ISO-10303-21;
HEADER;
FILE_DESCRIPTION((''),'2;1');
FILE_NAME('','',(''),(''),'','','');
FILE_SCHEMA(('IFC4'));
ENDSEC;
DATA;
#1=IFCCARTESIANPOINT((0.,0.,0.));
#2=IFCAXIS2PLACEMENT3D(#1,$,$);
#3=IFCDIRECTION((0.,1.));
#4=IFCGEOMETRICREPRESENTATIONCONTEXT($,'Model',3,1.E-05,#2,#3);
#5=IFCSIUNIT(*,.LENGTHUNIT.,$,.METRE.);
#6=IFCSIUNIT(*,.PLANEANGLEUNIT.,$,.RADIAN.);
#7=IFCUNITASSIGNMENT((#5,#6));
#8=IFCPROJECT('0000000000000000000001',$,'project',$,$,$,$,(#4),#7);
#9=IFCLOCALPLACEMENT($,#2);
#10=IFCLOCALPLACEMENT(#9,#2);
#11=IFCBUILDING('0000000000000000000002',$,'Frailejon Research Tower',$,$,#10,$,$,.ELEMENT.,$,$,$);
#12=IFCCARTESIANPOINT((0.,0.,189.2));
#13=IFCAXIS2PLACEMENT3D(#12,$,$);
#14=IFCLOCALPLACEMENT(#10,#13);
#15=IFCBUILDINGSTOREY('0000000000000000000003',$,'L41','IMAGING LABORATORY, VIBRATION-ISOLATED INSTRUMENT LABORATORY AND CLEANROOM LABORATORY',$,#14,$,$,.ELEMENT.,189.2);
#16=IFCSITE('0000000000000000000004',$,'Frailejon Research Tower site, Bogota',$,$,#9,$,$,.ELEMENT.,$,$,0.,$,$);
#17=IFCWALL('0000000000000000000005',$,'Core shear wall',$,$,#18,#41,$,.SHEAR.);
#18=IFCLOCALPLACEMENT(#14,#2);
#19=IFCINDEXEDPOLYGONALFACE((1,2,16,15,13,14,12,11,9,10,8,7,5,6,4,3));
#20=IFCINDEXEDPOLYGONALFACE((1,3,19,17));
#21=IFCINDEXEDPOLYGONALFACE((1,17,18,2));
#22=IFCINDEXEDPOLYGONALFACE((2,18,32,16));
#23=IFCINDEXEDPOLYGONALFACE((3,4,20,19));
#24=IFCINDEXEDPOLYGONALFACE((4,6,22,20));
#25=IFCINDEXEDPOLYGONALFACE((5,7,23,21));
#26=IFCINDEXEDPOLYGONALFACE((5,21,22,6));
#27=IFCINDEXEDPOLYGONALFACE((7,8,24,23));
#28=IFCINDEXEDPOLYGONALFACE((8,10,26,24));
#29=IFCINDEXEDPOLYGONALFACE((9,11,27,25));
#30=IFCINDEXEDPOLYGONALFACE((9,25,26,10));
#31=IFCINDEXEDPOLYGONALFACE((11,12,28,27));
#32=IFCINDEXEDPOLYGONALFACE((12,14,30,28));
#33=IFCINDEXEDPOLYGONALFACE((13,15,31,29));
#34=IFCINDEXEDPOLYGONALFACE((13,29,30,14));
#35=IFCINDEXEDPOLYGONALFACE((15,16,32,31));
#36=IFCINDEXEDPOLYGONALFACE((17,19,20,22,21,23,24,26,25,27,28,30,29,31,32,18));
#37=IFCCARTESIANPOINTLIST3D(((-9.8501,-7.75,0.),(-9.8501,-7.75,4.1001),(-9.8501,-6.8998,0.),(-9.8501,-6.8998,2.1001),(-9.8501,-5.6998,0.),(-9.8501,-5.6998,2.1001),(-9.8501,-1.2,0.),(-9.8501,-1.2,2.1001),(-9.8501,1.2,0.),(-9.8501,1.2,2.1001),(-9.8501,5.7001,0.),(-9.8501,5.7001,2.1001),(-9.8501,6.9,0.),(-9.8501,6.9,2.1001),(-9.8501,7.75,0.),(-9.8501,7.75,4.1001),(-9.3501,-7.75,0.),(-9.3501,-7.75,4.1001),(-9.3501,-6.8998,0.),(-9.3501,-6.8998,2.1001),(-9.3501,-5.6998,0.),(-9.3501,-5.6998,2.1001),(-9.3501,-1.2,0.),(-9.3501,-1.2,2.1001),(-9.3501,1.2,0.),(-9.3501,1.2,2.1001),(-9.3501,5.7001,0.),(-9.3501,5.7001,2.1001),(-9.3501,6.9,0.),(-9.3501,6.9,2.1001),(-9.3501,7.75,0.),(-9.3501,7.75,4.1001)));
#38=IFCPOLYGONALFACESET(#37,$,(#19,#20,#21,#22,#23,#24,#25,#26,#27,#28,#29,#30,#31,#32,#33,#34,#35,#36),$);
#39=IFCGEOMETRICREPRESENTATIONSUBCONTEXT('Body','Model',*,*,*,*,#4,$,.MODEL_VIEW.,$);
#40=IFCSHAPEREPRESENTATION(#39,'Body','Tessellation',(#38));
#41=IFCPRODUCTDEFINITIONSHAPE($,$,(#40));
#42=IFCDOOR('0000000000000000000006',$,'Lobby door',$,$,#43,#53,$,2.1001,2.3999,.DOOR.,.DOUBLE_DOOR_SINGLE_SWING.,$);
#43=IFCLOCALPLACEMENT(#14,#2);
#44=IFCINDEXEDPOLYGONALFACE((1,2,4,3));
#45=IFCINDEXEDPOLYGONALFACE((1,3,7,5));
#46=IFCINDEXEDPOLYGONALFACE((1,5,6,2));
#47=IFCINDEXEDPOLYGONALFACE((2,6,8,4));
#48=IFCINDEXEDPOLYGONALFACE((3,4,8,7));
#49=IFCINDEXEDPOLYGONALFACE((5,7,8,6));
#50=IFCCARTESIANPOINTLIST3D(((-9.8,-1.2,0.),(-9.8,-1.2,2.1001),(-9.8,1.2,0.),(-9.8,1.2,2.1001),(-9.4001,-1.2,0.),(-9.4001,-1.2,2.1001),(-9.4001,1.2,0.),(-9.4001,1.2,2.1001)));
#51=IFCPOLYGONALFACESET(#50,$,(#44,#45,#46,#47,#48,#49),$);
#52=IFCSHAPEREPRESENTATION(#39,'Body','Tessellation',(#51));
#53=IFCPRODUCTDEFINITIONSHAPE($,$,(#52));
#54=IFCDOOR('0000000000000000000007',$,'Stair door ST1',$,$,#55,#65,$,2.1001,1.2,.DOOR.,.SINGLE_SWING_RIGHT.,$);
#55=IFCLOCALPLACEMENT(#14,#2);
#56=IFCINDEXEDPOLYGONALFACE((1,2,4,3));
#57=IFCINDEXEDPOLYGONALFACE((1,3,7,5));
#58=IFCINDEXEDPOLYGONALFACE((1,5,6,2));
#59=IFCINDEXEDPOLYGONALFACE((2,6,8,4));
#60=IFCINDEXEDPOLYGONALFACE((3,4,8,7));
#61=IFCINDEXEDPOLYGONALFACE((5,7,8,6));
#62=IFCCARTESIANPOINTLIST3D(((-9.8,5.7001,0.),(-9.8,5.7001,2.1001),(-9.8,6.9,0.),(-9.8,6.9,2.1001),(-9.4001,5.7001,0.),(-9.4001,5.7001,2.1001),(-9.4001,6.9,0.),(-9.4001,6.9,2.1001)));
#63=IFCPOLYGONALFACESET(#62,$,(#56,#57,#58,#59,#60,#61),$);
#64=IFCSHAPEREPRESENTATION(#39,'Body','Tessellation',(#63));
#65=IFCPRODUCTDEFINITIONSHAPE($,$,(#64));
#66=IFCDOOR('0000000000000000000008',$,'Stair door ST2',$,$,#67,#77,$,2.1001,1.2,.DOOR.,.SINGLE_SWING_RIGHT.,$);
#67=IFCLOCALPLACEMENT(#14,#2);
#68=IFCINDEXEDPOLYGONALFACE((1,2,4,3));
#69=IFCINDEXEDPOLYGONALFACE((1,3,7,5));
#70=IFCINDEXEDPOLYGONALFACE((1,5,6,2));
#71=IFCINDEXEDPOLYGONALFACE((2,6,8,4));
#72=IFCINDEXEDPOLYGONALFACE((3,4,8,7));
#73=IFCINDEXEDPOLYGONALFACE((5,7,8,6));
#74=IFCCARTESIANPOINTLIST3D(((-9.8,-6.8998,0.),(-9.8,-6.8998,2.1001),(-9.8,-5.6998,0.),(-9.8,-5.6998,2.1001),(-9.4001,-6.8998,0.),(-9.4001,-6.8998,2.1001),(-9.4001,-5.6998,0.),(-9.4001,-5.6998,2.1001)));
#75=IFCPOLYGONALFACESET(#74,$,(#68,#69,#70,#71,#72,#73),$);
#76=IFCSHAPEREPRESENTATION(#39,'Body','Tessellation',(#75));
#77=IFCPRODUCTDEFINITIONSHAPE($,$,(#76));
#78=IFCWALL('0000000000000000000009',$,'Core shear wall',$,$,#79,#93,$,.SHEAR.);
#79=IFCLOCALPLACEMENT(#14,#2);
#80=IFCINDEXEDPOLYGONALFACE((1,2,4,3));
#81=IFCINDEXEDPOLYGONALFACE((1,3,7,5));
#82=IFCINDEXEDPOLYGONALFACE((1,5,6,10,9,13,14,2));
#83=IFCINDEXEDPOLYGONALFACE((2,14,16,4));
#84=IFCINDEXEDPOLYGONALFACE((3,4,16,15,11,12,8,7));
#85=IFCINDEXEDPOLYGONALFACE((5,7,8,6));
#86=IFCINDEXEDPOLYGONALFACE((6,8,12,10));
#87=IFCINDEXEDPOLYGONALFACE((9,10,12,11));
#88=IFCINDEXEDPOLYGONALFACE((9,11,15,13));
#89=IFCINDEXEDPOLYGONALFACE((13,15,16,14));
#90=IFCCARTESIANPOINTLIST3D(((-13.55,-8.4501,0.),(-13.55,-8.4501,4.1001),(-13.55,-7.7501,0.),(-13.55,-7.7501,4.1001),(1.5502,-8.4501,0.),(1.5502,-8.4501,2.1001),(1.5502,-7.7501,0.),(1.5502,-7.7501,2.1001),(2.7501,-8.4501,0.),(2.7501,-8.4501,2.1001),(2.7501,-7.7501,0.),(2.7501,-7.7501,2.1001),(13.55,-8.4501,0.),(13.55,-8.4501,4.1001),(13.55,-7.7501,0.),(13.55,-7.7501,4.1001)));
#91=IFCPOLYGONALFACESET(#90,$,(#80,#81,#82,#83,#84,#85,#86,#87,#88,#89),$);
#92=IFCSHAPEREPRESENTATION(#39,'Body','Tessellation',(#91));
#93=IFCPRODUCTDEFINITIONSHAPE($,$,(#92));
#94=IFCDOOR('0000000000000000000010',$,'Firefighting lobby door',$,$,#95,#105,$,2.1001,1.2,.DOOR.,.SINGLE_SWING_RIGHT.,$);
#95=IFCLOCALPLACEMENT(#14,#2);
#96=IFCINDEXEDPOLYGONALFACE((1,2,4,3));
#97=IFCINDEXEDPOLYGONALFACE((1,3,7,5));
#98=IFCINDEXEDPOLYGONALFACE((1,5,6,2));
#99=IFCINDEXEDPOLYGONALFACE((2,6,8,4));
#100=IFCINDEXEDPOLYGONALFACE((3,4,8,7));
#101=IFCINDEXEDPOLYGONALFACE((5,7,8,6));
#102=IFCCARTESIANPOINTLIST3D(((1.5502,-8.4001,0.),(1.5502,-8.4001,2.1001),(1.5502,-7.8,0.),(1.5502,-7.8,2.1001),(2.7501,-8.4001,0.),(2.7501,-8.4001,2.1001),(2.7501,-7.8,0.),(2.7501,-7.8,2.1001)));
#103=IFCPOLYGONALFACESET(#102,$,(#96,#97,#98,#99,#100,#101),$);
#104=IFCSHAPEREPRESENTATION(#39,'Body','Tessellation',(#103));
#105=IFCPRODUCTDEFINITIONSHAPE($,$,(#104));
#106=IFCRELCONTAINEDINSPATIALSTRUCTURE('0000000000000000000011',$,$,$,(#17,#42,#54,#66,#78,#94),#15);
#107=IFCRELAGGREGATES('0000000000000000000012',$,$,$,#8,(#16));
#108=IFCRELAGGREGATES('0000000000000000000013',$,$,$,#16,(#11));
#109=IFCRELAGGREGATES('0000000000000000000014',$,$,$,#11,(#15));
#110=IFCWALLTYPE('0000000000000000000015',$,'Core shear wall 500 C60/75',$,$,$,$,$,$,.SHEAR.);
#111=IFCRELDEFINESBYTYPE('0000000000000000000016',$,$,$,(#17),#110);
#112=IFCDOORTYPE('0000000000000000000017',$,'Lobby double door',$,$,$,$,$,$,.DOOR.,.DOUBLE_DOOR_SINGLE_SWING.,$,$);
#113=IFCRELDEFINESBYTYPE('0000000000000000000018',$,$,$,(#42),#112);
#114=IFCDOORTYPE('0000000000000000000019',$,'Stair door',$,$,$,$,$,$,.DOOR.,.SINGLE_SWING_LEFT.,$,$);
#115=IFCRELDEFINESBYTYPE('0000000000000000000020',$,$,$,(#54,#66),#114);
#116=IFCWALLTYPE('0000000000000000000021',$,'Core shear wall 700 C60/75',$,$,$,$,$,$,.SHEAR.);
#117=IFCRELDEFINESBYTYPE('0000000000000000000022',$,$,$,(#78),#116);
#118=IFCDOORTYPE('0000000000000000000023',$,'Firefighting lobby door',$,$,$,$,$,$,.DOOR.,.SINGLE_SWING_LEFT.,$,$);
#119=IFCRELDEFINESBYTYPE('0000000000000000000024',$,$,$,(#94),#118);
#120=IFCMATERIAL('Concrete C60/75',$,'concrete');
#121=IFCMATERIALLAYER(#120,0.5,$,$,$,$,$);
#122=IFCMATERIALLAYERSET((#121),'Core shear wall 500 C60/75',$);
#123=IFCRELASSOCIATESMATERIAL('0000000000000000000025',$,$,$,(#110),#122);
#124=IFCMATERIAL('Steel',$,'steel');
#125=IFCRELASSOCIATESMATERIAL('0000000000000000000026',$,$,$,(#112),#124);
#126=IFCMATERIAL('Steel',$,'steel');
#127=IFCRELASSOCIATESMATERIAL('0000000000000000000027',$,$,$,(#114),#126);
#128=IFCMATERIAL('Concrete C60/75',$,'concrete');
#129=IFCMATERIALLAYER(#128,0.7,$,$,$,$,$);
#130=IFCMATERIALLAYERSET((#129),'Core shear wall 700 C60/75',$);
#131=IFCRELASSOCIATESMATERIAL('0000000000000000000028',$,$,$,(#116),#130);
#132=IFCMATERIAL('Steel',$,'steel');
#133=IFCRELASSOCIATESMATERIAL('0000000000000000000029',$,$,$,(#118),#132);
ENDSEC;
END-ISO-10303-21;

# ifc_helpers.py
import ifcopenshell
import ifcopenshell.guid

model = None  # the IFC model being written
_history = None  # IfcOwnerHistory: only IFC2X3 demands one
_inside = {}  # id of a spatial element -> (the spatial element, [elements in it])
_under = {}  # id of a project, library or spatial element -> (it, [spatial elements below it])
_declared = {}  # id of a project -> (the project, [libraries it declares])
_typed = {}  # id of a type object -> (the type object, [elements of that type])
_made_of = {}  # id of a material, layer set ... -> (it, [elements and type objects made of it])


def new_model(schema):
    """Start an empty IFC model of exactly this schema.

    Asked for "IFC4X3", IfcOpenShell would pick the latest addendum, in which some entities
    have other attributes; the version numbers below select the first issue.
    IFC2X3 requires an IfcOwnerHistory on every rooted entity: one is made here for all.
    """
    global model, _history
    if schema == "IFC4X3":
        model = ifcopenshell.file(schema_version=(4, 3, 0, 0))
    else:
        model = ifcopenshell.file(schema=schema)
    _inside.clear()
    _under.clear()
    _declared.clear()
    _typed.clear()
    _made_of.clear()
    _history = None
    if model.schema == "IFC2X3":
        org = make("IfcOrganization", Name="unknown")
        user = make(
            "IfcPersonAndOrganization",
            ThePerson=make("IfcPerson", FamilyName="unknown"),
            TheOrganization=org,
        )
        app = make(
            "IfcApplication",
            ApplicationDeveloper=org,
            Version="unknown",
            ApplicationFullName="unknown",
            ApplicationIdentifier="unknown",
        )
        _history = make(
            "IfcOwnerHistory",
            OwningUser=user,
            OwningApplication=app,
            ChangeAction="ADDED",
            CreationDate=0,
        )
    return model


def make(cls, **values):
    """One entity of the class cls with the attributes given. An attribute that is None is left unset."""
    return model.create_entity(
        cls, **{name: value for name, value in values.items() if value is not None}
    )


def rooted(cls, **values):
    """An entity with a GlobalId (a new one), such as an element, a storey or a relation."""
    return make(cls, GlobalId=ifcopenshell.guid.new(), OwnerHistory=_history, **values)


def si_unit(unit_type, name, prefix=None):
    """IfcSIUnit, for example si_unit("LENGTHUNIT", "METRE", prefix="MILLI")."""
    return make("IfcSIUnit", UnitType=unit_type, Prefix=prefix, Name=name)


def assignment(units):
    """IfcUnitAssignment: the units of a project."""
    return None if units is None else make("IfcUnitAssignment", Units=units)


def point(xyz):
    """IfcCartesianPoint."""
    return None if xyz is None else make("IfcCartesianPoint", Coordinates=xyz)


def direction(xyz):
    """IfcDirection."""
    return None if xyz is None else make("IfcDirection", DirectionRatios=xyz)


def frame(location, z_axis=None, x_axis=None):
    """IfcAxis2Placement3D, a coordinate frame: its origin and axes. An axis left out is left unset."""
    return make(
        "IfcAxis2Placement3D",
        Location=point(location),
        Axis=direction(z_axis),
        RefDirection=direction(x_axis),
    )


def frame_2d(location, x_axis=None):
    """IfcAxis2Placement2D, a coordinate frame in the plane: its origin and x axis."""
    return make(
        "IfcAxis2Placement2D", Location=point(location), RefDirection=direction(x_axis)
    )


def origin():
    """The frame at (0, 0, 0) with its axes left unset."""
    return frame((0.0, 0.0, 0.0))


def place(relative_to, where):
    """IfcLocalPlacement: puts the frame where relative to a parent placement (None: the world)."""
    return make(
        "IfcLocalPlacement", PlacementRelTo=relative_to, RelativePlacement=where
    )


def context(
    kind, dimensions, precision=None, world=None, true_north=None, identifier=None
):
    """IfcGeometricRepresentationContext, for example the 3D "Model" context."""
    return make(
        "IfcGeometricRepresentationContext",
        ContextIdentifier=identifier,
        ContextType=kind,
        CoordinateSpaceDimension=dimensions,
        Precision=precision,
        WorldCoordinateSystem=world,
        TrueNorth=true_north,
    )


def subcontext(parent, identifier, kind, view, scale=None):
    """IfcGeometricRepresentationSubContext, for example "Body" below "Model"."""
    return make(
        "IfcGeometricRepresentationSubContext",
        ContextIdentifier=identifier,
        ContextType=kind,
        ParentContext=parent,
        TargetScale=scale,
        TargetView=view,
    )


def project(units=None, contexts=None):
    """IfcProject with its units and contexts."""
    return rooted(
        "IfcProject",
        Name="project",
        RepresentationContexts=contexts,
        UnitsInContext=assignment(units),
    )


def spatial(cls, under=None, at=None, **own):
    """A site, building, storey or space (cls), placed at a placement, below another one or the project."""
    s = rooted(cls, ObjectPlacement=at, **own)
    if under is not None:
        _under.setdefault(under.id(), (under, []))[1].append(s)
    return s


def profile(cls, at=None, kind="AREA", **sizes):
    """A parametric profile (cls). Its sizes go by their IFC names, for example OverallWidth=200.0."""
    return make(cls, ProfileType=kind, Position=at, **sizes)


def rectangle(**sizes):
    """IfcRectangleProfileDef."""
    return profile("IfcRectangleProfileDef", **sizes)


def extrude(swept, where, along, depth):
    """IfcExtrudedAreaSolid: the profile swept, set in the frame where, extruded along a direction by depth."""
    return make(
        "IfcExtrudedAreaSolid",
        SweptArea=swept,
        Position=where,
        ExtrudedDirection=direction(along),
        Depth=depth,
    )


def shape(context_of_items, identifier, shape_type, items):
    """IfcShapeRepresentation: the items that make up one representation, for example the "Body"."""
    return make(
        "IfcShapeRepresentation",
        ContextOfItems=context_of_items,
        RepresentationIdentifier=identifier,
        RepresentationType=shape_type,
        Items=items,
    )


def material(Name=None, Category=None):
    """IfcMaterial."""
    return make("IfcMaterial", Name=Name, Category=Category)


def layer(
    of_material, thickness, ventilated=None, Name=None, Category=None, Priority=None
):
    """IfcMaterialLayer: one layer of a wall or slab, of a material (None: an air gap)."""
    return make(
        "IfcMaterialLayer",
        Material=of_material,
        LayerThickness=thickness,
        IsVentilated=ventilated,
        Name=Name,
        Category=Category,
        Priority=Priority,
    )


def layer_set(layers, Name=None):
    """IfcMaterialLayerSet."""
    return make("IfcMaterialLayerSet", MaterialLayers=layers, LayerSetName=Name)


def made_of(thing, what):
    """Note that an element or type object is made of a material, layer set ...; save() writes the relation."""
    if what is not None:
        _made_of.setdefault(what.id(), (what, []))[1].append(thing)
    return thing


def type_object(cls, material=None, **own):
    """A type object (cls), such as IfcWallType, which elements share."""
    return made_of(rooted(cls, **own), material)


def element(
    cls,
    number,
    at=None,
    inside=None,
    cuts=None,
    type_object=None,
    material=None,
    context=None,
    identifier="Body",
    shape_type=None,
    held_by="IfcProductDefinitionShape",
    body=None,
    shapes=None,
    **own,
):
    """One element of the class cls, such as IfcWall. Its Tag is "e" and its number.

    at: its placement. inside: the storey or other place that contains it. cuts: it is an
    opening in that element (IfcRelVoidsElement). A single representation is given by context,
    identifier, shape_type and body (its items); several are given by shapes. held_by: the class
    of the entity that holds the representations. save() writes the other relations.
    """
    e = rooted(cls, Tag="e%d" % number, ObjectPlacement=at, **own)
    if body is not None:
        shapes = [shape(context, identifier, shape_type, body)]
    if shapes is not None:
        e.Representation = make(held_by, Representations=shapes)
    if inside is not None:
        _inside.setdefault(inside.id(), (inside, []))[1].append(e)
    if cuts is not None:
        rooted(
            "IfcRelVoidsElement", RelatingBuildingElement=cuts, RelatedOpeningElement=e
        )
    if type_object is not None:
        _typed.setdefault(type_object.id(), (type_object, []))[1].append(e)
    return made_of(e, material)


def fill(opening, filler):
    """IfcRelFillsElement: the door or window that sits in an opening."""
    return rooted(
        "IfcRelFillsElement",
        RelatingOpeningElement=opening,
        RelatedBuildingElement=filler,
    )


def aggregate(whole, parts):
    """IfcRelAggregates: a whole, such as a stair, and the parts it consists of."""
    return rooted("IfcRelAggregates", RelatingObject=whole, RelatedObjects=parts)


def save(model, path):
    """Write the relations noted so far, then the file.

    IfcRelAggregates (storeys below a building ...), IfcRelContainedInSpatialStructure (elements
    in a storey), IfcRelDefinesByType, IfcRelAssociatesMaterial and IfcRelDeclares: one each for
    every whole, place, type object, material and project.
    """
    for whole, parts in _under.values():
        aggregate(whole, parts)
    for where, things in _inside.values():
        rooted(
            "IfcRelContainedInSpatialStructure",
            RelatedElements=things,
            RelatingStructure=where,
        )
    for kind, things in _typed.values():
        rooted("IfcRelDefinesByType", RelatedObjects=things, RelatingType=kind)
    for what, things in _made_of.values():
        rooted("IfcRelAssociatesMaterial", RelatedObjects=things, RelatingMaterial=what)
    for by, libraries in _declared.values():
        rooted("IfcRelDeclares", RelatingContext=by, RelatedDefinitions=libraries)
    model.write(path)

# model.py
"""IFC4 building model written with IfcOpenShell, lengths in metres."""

from ifc_helpers import new_model, si_unit, direction, frame, frame_2d, origin, place, context, subcontext, project, spatial, rectangle, extrude, material, layer, layer_set, type_object, element, fill, save


model = new_model("IFC4")

# Units and contexts
model_context = context("Model", 3, precision=1e-05, world=origin(), true_north=direction((0.0, 1.0)))
body_context = subcontext(model_context, "Body", "Model", "MODEL_VIEW")
ifc_project = project(units=[si_unit("LENGTHUNIT", "METRE"), si_unit("PLANEANGLEUNIT", "RADIAN")], contexts=[model_context])

# Site, building, storey
site_placement = place(None, origin())
site = spatial("IfcSite", under=ifc_project, at=site_placement, Name="Frailejon Research Tower site, Bogota", CompositionType="ELEMENT", RefElevation=0.0)
building_placement = place(site_placement, origin())
building = spatial("IfcBuilding", under=site, at=building_placement, Name="Frailejon Research Tower", CompositionType="ELEMENT")
storey_placement = place(building_placement, frame((0.0, 0.0, 189.2)))
storey = spatial("IfcBuildingStorey", under=building, at=storey_placement, Name="L41", Description="IMAGING LABORATORY, VIBRATION-ISOLATED INSTRUMENT LABORATORY AND CLEANROOM LABORATORY", CompositionType="ELEMENT", Elevation=189.2)

# Wall, openings, doors
ifc_material_1 = material(Name="Concrete C60/75", Category="concrete")
ifc_layer_1 = layer(ifc_material_1, 0.5)
ifc_layer_set_1 = layer_set([ifc_layer_1], Name="Core shear wall 500 C60/75")
wall_type_1 = type_object("IfcWallType", Name="Core shear wall 500 C60/75", PredefinedType="SHEAR", material=ifc_layer_set_1)
wall_1_placement = place(storey_placement, frame((-9.6001, -7.75, 0.0), z_axis=(0.0, 0.0, 1.0), x_axis=(0.0, 1.0, 0.0)))
wall_1 = element("IfcWall", 1, at=wall_1_placement, inside=storey, type_object=wall_type_1, Name="Core shear wall", PredefinedType="SHEAR", context=body_context, shape_type="SweptSolid", body=[
    extrude(rectangle(XDim=15.5, YDim=0.5, at=frame_2d((7.75, 0.0))), origin(), (0.0, 0.0, 1.0), 4.1001),
])
opening_1_placement = place(wall_1_placement, frame((6.55, 0.0, 0.0)))
opening_1 = element("IfcOpeningElement", 2, at=opening_1_placement, cuts=wall_1, PredefinedType="OPENING", context=body_context, shape_type="SweptSolid", body=[
    extrude(rectangle(XDim=2.3999, YDim=2.1001, at=frame_2d((1.2, 1.05))), frame((0.0, 0.26, 0.0), z_axis=(0.0, -1.0, 0.0), x_axis=(1.0, 0.0, 0.0)), (0.0, 0.0, 1.0), 0.52),
])
opening_2_placement = place(wall_1_placement, frame((13.45, 0.0, 0.0)))
opening_2 = element("IfcOpeningElement", 3, at=opening_2_placement, cuts=wall_1, PredefinedType="OPENING", context=body_context, shape_type="SweptSolid", body=[
    extrude(rectangle(XDim=1.2, YDim=2.1001, at=frame_2d((0.6001, 1.05))), frame((0.0, 0.26, 0.0), z_axis=(0.0, -1.0, 0.0), x_axis=(1.0, 0.0, 0.0)), (0.0, 0.0, 1.0), 0.52),
])
opening_3_placement = place(wall_1_placement, frame((0.8501, 0.0, 0.0)))
opening_3 = element("IfcOpeningElement", 4, at=opening_3_placement, cuts=wall_1, PredefinedType="OPENING", context=body_context, shape_type="SweptSolid", body=[
    extrude(rectangle(XDim=1.2, YDim=2.1001, at=frame_2d((0.6001, 1.05))), frame((0.0, 0.26, 0.0), z_axis=(0.0, -1.0, 0.0), x_axis=(1.0, 0.0, 0.0)), (0.0, 0.0, 1.0), 0.52),
])
ifc_material_2 = material(Name="Steel", Category="steel")
door_type_1 = type_object("IfcDoorType", Name="Lobby double door", OperationType="DOUBLE_DOOR_SINGLE_SWING", PredefinedType="DOOR", material=ifc_material_2)
door_1_placement = place(opening_1_placement, origin())
door_1 = element("IfcDoor", 5, at=door_1_placement, inside=storey, type_object=door_type_1, Name="Lobby door", OperationType="DOUBLE_DOOR_SINGLE_SWING", OverallHeight=2.1001, OverallWidth=2.3999, PredefinedType="DOOR", context=body_context, shape_type="SweptSolid", body=[
    extrude(rectangle(XDim=2.3999, YDim=2.1001, at=frame_2d((1.2, 1.05))), frame((0.0, 0.2, 0.0), z_axis=(0.0, -1.0, 0.0), x_axis=(1.0, 0.0, 0.0)), (0.0, 0.0, 1.0), 0.3999),
])
fill(opening_1, door_1)
ifc_material_3 = material(Name="Steel", Category="steel")
door_type_2 = type_object("IfcDoorType", Name="Stair door", OperationType="SINGLE_SWING_LEFT", PredefinedType="DOOR", material=ifc_material_3)
door_2_placement = place(opening_2_placement, origin())
door_2 = element("IfcDoor", 6, at=door_2_placement, inside=storey, type_object=door_type_2, Name="Stair door ST1", OperationType="SINGLE_SWING_RIGHT", OverallHeight=2.1001, OverallWidth=1.2, PredefinedType="DOOR", context=body_context, shape_type="SweptSolid", body=[
    extrude(rectangle(XDim=1.2, YDim=2.1001, at=frame_2d((0.6001, 1.05))), frame((0.0, 0.2, 0.0), z_axis=(0.0, -1.0, 0.0), x_axis=(1.0, 0.0, 0.0)), (0.0, 0.0, 1.0), 0.3999),
])
fill(opening_2, door_2)
door_3_placement = place(opening_3_placement, origin())
door_3 = element("IfcDoor", 7, at=door_3_placement, inside=storey, type_object=door_type_2, Name="Stair door ST2", OperationType="SINGLE_SWING_RIGHT", OverallHeight=2.1001, OverallWidth=1.2, PredefinedType="DOOR", context=body_context, shape_type="SweptSolid", body=[
    extrude(rectangle(XDim=1.2, YDim=2.1001, at=frame_2d((0.6001, 1.05))), frame((0.0, 0.2, 0.0), z_axis=(0.0, -1.0, 0.0), x_axis=(1.0, 0.0, 0.0)), (0.0, 0.0, 1.0), 0.3999),
])
fill(opening_3, door_3)

# Wall, opening, door
ifc_material_4 = material(Name="Concrete C60/75", Category="concrete")
ifc_layer_2 = layer(ifc_material_4, 0.7)
ifc_layer_set_2 = layer_set([ifc_layer_2], Name="Core shear wall 700 C60/75")
wall_type_2 = type_object("IfcWallType", Name="Core shear wall 700 C60/75", PredefinedType="SHEAR", material=ifc_layer_set_2)
wall_2_placement = place(storey_placement, frame((-13.55, -8.1001, 0.0), z_axis=(0.0, 0.0, 1.0), x_axis=(1.0, 0.0, 0.0)))
wall_2 = element("IfcWall", 8, at=wall_2_placement, inside=storey, type_object=wall_type_2, Name="Core shear wall", PredefinedType="SHEAR", context=body_context, shape_type="SweptSolid", body=[
    extrude(rectangle(XDim=27.1001, YDim=0.7, at=frame_2d((13.55, 0.0))), origin(), (0.0, 0.0, 1.0), 4.1001),
])
opening_4_placement = place(wall_2_placement, frame((15.1001, 0.0, 0.0)))
opening_4 = element("IfcOpeningElement", 9, at=opening_4_placement, cuts=wall_2, PredefinedType="OPENING", context=body_context, shape_type="SweptSolid", body=[
    extrude(rectangle(XDim=1.2, YDim=2.1001, at=frame_2d((0.6001, 1.05))), frame((0.0, 0.3599, 0.0), z_axis=(0.0, -1.0, 0.0), x_axis=(1.0, 0.0, 0.0)), (0.0, 0.0, 1.0), 0.72),
])
ifc_material_5 = material(Name="Steel", Category="steel")
door_type_3 = type_object("IfcDoorType", Name="Firefighting lobby door", OperationType="SINGLE_SWING_LEFT", PredefinedType="DOOR", material=ifc_material_5)
door_4_placement = place(opening_4_placement, origin())
door_4 = element("IfcDoor", 10, at=door_4_placement, inside=storey, type_object=door_type_3, Name="Firefighting lobby door", OperationType="SINGLE_SWING_RIGHT", OverallHeight=2.1001, OverallWidth=1.2, PredefinedType="DOOR", context=body_context, shape_type="SweptSolid", body=[
    extrude(rectangle(XDim=1.2, YDim=2.1001, at=frame_2d((0.6001, 1.05))), frame((0.0, 0.3, 0.0), z_axis=(0.0, -1.0, 0.0), x_axis=(1.0, 0.0, 0.0)), (0.0, 0.0, 1.0), 0.6001),
])
fill(opening_4, door_4)

save(model, "model.ifc")
